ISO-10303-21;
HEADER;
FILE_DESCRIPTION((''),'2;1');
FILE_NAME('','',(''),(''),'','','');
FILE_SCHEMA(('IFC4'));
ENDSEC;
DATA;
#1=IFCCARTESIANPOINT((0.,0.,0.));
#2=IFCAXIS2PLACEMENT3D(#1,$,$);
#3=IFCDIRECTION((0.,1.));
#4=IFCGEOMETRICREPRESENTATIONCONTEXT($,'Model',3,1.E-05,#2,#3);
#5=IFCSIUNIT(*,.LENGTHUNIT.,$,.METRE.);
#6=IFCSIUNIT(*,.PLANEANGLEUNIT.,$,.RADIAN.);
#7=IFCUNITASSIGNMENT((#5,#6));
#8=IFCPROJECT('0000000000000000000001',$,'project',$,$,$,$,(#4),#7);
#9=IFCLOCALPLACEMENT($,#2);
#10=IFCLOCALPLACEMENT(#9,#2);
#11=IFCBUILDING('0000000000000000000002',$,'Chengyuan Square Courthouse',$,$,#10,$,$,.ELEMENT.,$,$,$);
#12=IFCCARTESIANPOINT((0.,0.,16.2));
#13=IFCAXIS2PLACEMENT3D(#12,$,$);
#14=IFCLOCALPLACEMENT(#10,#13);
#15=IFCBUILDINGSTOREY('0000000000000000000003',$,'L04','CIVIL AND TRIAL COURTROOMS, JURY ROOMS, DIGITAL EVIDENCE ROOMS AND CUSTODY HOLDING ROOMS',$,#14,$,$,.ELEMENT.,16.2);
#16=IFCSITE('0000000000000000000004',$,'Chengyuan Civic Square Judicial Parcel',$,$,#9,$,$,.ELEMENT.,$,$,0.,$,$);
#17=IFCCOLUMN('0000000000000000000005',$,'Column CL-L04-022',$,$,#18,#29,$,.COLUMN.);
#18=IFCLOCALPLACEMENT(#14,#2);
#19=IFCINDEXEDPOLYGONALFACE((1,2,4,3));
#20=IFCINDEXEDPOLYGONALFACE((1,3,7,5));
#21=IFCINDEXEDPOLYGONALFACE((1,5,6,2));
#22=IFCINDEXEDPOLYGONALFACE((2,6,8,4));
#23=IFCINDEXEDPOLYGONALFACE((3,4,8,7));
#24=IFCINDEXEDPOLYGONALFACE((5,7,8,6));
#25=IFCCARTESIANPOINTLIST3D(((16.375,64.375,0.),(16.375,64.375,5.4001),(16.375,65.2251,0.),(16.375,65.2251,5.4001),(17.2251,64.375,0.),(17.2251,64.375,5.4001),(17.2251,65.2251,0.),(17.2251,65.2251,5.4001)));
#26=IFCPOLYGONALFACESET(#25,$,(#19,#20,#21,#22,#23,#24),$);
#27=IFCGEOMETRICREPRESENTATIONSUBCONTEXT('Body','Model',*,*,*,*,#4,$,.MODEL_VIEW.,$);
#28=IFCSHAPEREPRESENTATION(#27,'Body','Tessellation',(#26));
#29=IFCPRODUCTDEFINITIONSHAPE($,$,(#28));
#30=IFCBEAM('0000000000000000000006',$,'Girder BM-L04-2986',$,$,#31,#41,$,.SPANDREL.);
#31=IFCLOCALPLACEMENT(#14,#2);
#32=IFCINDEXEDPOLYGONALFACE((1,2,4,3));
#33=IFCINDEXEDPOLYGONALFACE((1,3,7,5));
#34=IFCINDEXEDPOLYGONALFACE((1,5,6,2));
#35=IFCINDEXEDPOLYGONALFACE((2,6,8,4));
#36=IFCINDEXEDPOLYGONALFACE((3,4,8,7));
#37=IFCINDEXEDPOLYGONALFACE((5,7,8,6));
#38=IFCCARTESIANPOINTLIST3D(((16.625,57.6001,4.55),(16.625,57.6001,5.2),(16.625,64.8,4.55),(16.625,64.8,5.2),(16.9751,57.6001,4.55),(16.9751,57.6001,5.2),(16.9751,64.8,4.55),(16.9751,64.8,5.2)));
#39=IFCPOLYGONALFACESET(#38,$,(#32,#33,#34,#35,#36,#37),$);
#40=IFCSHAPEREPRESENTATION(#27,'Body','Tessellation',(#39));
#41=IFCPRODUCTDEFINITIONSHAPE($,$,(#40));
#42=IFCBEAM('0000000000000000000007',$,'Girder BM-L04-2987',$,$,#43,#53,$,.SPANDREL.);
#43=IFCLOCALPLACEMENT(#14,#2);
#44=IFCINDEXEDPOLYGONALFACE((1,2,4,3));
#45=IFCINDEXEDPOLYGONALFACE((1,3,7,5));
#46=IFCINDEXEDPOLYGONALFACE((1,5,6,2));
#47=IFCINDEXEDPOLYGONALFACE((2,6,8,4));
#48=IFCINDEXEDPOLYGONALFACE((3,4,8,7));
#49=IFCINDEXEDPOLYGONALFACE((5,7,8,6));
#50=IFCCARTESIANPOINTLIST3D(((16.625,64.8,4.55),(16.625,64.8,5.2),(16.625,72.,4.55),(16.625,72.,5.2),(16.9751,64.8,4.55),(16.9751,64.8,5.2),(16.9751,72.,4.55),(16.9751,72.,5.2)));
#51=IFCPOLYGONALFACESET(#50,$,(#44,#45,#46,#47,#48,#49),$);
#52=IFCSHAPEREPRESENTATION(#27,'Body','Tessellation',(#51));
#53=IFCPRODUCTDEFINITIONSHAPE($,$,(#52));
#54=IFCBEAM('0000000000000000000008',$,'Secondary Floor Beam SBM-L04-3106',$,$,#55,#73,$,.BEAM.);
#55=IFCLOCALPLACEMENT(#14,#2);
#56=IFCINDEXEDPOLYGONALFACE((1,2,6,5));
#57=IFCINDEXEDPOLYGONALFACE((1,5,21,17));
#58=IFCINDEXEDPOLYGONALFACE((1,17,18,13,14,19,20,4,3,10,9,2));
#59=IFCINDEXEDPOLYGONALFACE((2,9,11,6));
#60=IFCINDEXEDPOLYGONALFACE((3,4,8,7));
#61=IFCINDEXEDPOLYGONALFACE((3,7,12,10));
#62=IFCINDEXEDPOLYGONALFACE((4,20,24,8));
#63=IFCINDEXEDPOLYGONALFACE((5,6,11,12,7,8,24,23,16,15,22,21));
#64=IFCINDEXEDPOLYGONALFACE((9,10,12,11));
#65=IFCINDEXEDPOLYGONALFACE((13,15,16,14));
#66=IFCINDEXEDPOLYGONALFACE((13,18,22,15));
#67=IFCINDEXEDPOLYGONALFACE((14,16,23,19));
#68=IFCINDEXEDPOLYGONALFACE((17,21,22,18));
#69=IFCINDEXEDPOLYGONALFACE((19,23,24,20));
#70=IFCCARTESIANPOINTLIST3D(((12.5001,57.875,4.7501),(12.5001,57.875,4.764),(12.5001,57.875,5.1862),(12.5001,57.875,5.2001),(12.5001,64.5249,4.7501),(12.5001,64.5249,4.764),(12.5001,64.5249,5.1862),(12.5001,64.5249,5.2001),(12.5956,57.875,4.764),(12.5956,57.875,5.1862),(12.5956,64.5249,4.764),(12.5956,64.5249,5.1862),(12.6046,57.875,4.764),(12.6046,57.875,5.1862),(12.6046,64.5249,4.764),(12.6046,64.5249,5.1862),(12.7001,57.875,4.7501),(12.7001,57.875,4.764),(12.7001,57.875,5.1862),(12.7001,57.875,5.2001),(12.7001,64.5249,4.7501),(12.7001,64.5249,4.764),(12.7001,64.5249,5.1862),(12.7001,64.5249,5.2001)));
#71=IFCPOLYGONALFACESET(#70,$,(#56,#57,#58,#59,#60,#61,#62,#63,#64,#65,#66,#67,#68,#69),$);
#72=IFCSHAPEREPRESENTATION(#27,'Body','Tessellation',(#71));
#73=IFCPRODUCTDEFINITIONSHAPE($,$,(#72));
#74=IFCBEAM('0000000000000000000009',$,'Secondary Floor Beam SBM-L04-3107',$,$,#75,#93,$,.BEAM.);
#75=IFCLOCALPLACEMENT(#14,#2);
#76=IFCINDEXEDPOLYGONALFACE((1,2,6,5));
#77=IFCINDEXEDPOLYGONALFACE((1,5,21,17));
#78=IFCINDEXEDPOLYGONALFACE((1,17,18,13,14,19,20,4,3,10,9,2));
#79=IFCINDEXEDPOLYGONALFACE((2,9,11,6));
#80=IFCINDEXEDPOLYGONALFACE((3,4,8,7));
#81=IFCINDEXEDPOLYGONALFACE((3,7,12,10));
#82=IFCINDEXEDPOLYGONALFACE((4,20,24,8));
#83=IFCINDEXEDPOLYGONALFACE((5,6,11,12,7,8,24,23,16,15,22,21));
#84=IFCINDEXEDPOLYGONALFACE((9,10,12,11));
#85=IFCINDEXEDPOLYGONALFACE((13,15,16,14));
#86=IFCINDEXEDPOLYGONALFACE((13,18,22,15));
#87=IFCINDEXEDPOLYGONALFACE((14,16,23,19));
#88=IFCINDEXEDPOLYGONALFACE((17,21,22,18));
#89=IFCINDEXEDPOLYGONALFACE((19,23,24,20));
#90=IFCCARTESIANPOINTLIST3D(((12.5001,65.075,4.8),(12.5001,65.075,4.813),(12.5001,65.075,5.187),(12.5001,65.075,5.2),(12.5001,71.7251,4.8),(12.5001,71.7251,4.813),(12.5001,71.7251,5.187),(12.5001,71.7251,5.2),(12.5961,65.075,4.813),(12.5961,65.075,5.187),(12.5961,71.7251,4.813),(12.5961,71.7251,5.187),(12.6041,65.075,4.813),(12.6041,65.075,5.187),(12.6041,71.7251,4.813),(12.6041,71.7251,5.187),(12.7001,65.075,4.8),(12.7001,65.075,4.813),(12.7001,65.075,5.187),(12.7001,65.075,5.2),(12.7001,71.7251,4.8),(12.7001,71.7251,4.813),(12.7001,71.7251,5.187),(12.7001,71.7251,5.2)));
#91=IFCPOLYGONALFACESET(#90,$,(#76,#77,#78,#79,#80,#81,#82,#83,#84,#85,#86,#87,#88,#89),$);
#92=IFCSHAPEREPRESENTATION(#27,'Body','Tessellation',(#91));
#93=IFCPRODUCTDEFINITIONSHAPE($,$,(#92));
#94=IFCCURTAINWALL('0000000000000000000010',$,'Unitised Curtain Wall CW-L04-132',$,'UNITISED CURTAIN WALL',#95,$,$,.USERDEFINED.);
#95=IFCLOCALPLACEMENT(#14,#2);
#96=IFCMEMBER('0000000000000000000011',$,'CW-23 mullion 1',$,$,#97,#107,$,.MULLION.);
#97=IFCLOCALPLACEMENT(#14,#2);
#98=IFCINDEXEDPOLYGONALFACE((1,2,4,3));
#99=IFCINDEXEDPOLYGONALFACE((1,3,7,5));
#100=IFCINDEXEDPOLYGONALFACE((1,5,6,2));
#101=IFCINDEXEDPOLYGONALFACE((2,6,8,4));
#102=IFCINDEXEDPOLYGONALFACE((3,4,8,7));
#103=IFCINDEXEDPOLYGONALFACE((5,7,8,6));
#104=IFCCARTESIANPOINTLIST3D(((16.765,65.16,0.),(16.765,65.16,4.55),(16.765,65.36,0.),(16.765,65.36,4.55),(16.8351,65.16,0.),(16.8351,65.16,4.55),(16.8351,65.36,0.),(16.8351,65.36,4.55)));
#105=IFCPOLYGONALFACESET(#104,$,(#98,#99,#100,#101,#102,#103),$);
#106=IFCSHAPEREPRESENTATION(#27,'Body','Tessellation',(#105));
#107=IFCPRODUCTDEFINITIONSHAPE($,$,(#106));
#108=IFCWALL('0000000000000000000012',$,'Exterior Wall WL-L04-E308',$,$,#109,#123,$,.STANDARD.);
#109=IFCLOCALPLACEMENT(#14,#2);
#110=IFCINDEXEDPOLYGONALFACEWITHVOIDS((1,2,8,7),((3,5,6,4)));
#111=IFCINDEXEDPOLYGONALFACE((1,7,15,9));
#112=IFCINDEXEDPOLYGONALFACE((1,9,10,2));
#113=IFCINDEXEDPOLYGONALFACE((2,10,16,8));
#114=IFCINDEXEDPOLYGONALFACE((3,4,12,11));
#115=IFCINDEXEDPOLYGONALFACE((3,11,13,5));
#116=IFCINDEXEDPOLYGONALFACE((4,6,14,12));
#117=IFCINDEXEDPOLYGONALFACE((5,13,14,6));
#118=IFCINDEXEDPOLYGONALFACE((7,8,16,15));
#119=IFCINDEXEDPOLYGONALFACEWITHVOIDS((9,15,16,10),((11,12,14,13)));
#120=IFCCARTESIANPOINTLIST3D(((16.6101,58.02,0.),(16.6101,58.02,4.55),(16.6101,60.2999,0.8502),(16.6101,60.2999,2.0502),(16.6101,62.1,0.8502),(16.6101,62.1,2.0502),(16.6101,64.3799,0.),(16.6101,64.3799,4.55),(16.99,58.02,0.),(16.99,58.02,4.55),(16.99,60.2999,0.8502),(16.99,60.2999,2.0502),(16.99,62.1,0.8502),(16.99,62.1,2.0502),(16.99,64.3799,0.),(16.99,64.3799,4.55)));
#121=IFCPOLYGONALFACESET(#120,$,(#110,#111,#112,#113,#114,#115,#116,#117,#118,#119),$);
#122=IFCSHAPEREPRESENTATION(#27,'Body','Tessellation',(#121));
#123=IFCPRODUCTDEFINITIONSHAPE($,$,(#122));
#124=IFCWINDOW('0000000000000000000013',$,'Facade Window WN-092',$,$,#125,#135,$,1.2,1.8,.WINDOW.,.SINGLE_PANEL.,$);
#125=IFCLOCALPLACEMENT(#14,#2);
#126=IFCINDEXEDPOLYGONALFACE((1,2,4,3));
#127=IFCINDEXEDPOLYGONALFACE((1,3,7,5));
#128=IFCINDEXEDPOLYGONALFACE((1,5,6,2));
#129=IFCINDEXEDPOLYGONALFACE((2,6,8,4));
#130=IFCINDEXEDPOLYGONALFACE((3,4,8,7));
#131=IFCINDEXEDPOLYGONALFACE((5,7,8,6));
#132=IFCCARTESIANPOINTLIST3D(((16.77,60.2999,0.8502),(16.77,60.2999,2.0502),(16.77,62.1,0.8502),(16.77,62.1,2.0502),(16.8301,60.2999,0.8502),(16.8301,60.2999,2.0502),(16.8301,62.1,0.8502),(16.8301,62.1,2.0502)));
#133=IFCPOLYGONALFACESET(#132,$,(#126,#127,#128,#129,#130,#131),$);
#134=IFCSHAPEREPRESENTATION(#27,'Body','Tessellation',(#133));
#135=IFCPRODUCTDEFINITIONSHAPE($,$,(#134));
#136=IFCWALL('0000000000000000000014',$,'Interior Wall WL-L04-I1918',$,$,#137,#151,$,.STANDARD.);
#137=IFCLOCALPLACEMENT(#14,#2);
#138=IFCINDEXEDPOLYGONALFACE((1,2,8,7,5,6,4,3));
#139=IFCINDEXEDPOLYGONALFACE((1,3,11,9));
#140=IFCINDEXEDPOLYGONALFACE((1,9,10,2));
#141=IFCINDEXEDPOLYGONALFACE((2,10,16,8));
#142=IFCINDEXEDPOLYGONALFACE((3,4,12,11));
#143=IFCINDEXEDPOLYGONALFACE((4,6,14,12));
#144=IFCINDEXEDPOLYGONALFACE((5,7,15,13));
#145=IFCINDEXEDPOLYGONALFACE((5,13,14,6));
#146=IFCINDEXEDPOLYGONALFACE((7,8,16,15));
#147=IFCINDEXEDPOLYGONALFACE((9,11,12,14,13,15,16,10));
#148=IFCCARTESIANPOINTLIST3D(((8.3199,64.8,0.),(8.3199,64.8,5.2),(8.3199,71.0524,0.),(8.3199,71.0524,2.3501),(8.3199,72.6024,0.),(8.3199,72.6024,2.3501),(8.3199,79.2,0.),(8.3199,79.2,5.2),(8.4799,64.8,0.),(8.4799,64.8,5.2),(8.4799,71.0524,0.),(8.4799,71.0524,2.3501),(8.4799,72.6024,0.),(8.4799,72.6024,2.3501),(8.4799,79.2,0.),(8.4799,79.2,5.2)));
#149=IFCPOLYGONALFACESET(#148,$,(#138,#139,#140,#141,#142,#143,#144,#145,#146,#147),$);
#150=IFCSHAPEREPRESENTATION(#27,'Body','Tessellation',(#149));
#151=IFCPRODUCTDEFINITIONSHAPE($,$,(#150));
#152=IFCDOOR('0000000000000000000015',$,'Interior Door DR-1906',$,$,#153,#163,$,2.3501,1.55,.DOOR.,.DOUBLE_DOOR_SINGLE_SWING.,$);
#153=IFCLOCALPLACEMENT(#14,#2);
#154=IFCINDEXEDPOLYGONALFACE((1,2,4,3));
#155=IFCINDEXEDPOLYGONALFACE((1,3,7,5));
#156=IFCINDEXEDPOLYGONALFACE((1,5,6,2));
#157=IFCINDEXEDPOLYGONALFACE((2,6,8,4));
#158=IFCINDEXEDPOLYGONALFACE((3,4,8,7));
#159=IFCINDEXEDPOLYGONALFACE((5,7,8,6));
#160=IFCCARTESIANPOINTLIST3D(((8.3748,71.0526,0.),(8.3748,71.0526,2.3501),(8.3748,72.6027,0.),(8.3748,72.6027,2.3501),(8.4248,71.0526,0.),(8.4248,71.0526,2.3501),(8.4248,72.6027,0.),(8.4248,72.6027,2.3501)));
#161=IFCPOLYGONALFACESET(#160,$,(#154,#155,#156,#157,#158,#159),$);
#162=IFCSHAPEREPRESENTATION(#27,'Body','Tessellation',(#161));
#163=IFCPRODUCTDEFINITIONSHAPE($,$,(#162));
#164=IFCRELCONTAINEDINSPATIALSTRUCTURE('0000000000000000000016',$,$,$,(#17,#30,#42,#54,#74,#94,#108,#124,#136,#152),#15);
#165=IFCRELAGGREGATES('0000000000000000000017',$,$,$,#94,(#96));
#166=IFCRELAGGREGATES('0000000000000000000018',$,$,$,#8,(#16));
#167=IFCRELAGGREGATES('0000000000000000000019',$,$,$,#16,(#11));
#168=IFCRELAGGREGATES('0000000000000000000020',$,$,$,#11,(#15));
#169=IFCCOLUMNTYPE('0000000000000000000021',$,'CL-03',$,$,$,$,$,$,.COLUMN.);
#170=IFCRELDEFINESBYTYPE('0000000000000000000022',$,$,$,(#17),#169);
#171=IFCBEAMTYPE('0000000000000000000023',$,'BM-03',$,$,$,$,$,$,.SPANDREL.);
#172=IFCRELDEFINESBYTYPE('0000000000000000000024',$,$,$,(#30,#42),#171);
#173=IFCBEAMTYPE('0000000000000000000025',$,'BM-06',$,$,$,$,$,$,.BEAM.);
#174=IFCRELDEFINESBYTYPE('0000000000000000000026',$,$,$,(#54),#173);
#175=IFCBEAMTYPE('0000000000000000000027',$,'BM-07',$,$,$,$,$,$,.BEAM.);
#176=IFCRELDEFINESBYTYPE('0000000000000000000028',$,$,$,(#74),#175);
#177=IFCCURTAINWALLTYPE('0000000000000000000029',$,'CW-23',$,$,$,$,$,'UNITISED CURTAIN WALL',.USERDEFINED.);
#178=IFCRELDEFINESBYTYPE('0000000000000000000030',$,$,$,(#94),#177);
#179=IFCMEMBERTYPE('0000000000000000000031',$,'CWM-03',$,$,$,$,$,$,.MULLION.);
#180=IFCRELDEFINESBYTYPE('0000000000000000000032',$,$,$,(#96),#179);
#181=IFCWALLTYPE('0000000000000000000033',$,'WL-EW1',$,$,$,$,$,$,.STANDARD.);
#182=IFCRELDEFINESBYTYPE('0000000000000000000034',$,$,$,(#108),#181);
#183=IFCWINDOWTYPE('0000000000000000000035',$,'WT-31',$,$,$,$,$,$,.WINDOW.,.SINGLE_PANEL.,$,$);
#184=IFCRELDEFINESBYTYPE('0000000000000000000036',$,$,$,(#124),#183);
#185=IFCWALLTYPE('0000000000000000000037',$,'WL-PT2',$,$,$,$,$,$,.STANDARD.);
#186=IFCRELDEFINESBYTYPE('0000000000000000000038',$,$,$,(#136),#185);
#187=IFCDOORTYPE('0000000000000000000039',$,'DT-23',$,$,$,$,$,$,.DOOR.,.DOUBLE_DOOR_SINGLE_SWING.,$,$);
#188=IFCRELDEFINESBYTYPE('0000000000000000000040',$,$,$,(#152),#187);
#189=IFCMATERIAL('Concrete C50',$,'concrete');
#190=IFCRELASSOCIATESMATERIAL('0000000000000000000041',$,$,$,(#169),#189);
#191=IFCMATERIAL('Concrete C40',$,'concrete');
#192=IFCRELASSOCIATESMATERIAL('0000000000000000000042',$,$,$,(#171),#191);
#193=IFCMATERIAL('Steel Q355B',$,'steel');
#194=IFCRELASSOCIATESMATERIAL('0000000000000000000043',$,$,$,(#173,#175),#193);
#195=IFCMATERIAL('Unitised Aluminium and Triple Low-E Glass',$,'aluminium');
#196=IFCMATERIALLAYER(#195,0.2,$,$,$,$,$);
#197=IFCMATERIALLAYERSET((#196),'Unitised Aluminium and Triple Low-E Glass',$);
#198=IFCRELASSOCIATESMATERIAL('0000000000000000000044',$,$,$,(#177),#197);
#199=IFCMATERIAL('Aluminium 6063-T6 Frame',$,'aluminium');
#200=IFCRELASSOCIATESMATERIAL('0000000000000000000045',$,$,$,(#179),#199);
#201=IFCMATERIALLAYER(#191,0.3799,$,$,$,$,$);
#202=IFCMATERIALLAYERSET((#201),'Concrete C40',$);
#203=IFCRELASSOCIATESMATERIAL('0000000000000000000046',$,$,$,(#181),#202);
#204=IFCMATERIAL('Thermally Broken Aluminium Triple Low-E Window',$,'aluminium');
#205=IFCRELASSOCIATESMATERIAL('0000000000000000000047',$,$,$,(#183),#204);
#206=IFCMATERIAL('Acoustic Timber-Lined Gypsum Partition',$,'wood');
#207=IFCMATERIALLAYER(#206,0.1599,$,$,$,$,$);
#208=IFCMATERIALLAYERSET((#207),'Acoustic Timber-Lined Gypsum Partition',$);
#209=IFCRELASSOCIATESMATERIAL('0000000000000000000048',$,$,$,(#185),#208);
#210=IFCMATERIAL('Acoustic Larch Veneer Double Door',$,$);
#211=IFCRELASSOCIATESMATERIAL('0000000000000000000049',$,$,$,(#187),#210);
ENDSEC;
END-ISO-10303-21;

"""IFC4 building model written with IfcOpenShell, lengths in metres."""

from ifc_helpers import new_model, si_unit, direction, frame, frame_2d, origin, origin_2d, place, context, subcontext, project, spatial, rectangle, i_section, extrude, material, layer, layer_set, material_profile, profile_set, type_object, element, fill, aggregate, save


model = new_model("IFC4")

# Units and contexts
model_context = context("Model", 3, precision=1e-05, world=origin(), true_north=direction((0.0, 1.0)))
body_context = subcontext(model_context, "Body", "Model", "MODEL_VIEW")
ifc_project = project(units=[si_unit("LENGTHUNIT", "METRE"), si_unit("PLANEANGLEUNIT", "RADIAN")], contexts=[model_context])

# Site, building, storey
site_placement = place(None, origin())
site = spatial("IfcSite", under=ifc_project, at=site_placement, Name="Chengyuan Civic Square Judicial Parcel", CompositionType="ELEMENT", RefElevation=0.0)
building_placement = place(site_placement, origin())
building = spatial("IfcBuilding", under=site, at=building_placement, Name="Chengyuan Square Courthouse", CompositionType="ELEMENT")
storey_placement = place(building_placement, frame((0.0, 0.0, 16.2)))
storey = spatial("IfcBuildingStorey", under=building, at=storey_placement, Name="L04", Description="CIVIL AND TRIAL COURTROOMS, JURY ROOMS, DIGITAL EVIDENCE ROOMS AND CUSTODY HOLDING ROOMS", CompositionType="ELEMENT", Elevation=16.2)

# Column
ifc_material_1 = material(Name="Concrete C50", Category="concrete")
ifc_material_profile_1 = material_profile(ifc_material_1, rectangle(XDim=0.8501, YDim=0.8501, at=origin_2d()), Name="RC-COL-850x850")
ifc_profile_set_1 = profile_set([ifc_material_profile_1], Name="Concrete C50")
column_type = type_object("IfcColumnType", Name="CL-03", PredefinedType="COLUMN", material=ifc_profile_set_1)
column_placement = place(storey_placement, frame((16.8, 64.8, 0.0), z_axis=(0.0, 0.0, 1.0), x_axis=(1.0, 0.0, 0.0)))
element("IfcColumn", 1, at=column_placement, inside=storey, type_object=column_type, Name="Column CL-L04-022", PredefinedType="COLUMN", context=body_context, shape_type="SweptSolid", body=[
    extrude(rectangle(XDim=0.8501, YDim=0.8501, at=origin_2d()), origin(), (0.0, 0.0, 1.0), 5.4001),
])

# Beams
ifc_material_2 = material(Name="Concrete C40", Category="concrete")
ifc_material_profile_2 = material_profile(ifc_material_2, rectangle(XDim=0.3501, YDim=0.6499, at=origin_2d()), Name="RC-BM-350x650")
ifc_profile_set_2 = profile_set([ifc_material_profile_2], Name="Concrete C40")
beam_type_1 = type_object("IfcBeamType", Name="BM-03", PredefinedType="SPANDREL", material=ifc_profile_set_2)
for number, where, z_axis, x_axis, name in (
    (2, (16.8, 57.6001, 4.875), (0.0, 1.0, 0.0), (-1.0, 0.0, 0.0), "Girder BM-L04-2986"),
    (3, (16.8, 64.8, 4.875), (0.0, 1.0, 0.0), (-1.0, 0.0, 0.0), "Girder BM-L04-2987"),
):
    element("IfcBeam", number, at=place(storey_placement, frame(where, z_axis=z_axis, x_axis=x_axis)), inside=storey, type_object=beam_type_1, Name=name, PredefinedType="SPANDREL", context=body_context, shape_type="SweptSolid", body=[
        extrude(rectangle(XDim=0.3501, YDim=0.6499, at=origin_2d()), origin(), (0.0, 0.0, 1.0), 7.2),
    ])
ifc_material_3 = material(Name="Steel Q355B", Category="steel")
ifc_material_profile_3 = material_profile(ifc_material_3, i_section(OverallWidth=0.2, OverallDepth=0.45, WebThickness=0.009, FlangeThickness=0.0139, at=origin_2d()), Name="HN 450x200x9x14")
ifc_profile_set_3 = profile_set([ifc_material_profile_3], Name="Steel Q355B")
beam_type_2 = type_object("IfcBeamType", Name="BM-06", PredefinedType="BEAM", material=ifc_profile_set_3)
beam_1_placement = place(storey_placement, frame((12.6001, 57.875, 4.9751), z_axis=(0.0, 1.0, 0.0), x_axis=(-1.0, 0.0, 0.0)))
element("IfcBeam", 4, at=beam_1_placement, inside=storey, type_object=beam_type_2, Name="Secondary Floor Beam SBM-L04-3106", PredefinedType="BEAM", context=body_context, shape_type="SweptSolid", body=[
    extrude(i_section(OverallWidth=0.2, OverallDepth=0.45, WebThickness=0.009, FlangeThickness=0.0139, at=origin_2d()), origin(), (0.0, 0.0, 1.0), 6.6499),
])
ifc_material_profile_4 = material_profile(ifc_material_3, i_section(OverallWidth=0.2, OverallDepth=0.3999, WebThickness=0.0081, FlangeThickness=0.0129, at=origin_2d()), Name="HN 400x200x8x13")
ifc_profile_set_4 = profile_set([ifc_material_profile_4], Name="Steel Q355B")
beam_type_3 = type_object("IfcBeamType", Name="BM-07", PredefinedType="BEAM", material=ifc_profile_set_4)
beam_2_placement = place(storey_placement, frame((12.6001, 65.075, 5.0), z_axis=(0.0, 1.0, 0.0), x_axis=(-1.0, 0.0, 0.0)))
element("IfcBeam", 5, at=beam_2_placement, inside=storey, type_object=beam_type_3, Name="Secondary Floor Beam SBM-L04-3107", PredefinedType="BEAM", context=body_context, shape_type="SweptSolid", body=[
    extrude(i_section(OverallWidth=0.2, OverallDepth=0.3999, WebThickness=0.0081, FlangeThickness=0.0129, at=origin_2d()), origin(), (0.0, 0.0, 1.0), 6.6501),
])

# Curtain wall, member
ifc_material_4 = material(Name="Unitised Aluminium and Triple Low-E Glass", Category="aluminium")
ifc_layer_1 = layer(ifc_material_4, 0.2)
ifc_layer_set_1 = layer_set([ifc_layer_1], Name="Unitised Aluminium and Triple Low-E Glass")
curtain_wall_type = type_object("IfcCurtainWallType", Name="CW-23", ElementType="UNITISED CURTAIN WALL", PredefinedType="USERDEFINED", material=ifc_layer_set_1)
curtain_wall_placement = place(storey_placement, origin())
curtain_wall = element("IfcCurtainWall", 6, at=curtain_wall_placement, inside=storey, type_object=curtain_wall_type, Name="Unitised Curtain Wall CW-L04-132", ObjectType="UNITISED CURTAIN WALL", PredefinedType="USERDEFINED")
ifc_material_5 = material(Name="Aluminium 6063-T6 Frame", Category="aluminium")
ifc_material_profile_5 = material_profile(ifc_material_5, rectangle(XDim=0.0701, YDim=0.2, at=origin_2d()), Name="CW-MUL-70x200")
ifc_profile_set_5 = profile_set([ifc_material_profile_5], Name="Aluminium 6063-T6 Frame")
member_type = type_object("IfcMemberType", Name="CWM-03", PredefinedType="MULLION", material=ifc_profile_set_5)
member_placement = place(storey_placement, frame((16.8, 65.26, 0.0), z_axis=(0.0, 0.0, 1.0), x_axis=(-1.0, 0.0, 0.0)))
member = element("IfcMember", 7, at=member_placement, type_object=member_type, Name="CW-23 mullion 1", PredefinedType="MULLION", context=body_context, shape_type="SweptSolid", body=[
    extrude(rectangle(XDim=0.0701, YDim=0.2, at=origin_2d()), origin(), (0.0, 0.0, 1.0), 4.55),
])
aggregate(curtain_wall, [member])

# Wall, opening, window
ifc_layer_2 = layer(ifc_material_2, 0.3799)
ifc_layer_set_2 = layer_set([ifc_layer_2], Name="Concrete C40")
wall_type_1 = type_object("IfcWallType", Name="WL-EW1", PredefinedType="STANDARD", material=ifc_layer_set_2)
wall_1_placement = place(storey_placement, frame((16.8, 58.02, 0.0), z_axis=(0.0, 0.0, 1.0), x_axis=(0.0, 1.0, 0.0)))
wall_1 = element("IfcWall", 8, at=wall_1_placement, inside=storey, type_object=wall_type_1, Name="Exterior Wall WL-L04-E308", PredefinedType="STANDARD", context=body_context, shape_type="SweptSolid", body=[
    extrude(rectangle(XDim=6.3599, YDim=0.3799, at=frame_2d((3.1799, 0.0))), origin(), (0.0, 0.0, 1.0), 4.55),
])
opening_1_placement = place(wall_1_placement, frame((2.28, 0.0, 0.8501)))
opening_1 = element("IfcOpeningElement", 9, at=opening_1_placement, cuts=wall_1, PredefinedType="OPENING", context=body_context, shape_type="SweptSolid", body=[
    extrude(rectangle(XDim=1.8, YDim=1.2, at=frame_2d((0.8999, 0.6001))), frame((0.0, 0.2019, 0.0), z_axis=(0.0, -1.0, 0.0), x_axis=(1.0, 0.0, 0.0)), (0.0, 0.0, 1.0), 0.4038),
])
ifc_material_6 = material(Name="Thermally Broken Aluminium Triple Low-E Window", Category="aluminium")
window_type = type_object("IfcWindowType", Name="WT-31", PartitioningType="SINGLE_PANEL", PredefinedType="WINDOW", material=ifc_material_6)
window_placement = place(opening_1_placement, origin())
window = element("IfcWindow", 10, at=window_placement, inside=storey, type_object=window_type, Name="Facade Window WN-092", OverallHeight=1.2, OverallWidth=1.8, PartitioningType="SINGLE_PANEL", PredefinedType="WINDOW", context=body_context, shape_type="SweptSolid", body=[
    extrude(rectangle(XDim=1.8, YDim=1.2, at=frame_2d((0.8999, 0.6001))), frame((0.0, 0.03, 0.0), z_axis=(0.0, -1.0, 0.0), x_axis=(1.0, 0.0, 0.0)), (0.0, 0.0, 1.0), 0.0601),
])
fill(opening_1, window)

# Wall, opening, door
ifc_material_7 = material(Name="Acoustic Timber-Lined Gypsum Partition", Category="wood")
ifc_layer_3 = layer(ifc_material_7, 0.1599)
ifc_layer_set_3 = layer_set([ifc_layer_3], Name="Acoustic Timber-Lined Gypsum Partition")
wall_type_2 = type_object("IfcWallType", Name="WL-PT2", PredefinedType="STANDARD", material=ifc_layer_set_3)
wall_2_placement = place(storey_placement, frame((8.3999, 64.8, 0.0), z_axis=(0.0, 0.0, 1.0), x_axis=(0.0, 1.0, 0.0)))
wall_2 = element("IfcWall", 11, at=wall_2_placement, inside=storey, type_object=wall_type_2, Name="Interior Wall WL-L04-I1918", PredefinedType="STANDARD", context=body_context, shape_type="SweptSolid", body=[
    extrude(rectangle(XDim=14.3999, YDim=0.1599, at=frame_2d((7.2, 0.0))), origin(), (0.0, 0.0, 1.0), 5.2),
])
opening_2_placement = place(wall_2_placement, frame((6.2524, 0.0, 0.0)))
opening_2 = element("IfcOpeningElement", 12, at=opening_2_placement, cuts=wall_2, PredefinedType="OPENING", context=body_context, shape_type="SweptSolid", body=[
    extrude(rectangle(XDim=1.55, YDim=2.3501, at=frame_2d((0.7749, 1.175))), frame((0.0, 0.092, 0.0), z_axis=(0.0, -1.0, 0.0), x_axis=(1.0, 0.0, 0.0)), (0.0, 0.0, 1.0), 0.1838),
])
ifc_material_8 = material(Name="Acoustic Larch Veneer Double Door")
door_type_1 = type_object("IfcDoorType", Name="DT-23", OperationType="DOUBLE_DOOR_SINGLE_SWING", PredefinedType="DOOR", material=ifc_material_8)
door_1_placement = place(opening_2_placement, frame((1.55, 0.0, 0.0), z_axis=(0.0, 0.0, 1.0), x_axis=(-1.0, 0.0, 0.0)))
door_1 = element("IfcDoor", 13, at=door_1_placement, inside=storey, type_object=door_type_1, Name="Interior Door DR-1906", OperationType="DOUBLE_DOOR_SINGLE_SWING", OverallHeight=2.3501, OverallWidth=1.55, PredefinedType="DOOR", context=body_context, shape_type="SweptSolid", body=[
    extrude(rectangle(XDim=1.55, YDim=2.3501, at=frame_2d((0.7749, 1.175))), frame((0.0, 0.0249, 0.0), z_axis=(0.0, -1.0, 0.0), x_axis=(1.0, 0.0, 0.0)), (0.0, 0.0, 1.0), 0.05),
])
fill(opening_2, door_1)

save(model, "model.ifc")
